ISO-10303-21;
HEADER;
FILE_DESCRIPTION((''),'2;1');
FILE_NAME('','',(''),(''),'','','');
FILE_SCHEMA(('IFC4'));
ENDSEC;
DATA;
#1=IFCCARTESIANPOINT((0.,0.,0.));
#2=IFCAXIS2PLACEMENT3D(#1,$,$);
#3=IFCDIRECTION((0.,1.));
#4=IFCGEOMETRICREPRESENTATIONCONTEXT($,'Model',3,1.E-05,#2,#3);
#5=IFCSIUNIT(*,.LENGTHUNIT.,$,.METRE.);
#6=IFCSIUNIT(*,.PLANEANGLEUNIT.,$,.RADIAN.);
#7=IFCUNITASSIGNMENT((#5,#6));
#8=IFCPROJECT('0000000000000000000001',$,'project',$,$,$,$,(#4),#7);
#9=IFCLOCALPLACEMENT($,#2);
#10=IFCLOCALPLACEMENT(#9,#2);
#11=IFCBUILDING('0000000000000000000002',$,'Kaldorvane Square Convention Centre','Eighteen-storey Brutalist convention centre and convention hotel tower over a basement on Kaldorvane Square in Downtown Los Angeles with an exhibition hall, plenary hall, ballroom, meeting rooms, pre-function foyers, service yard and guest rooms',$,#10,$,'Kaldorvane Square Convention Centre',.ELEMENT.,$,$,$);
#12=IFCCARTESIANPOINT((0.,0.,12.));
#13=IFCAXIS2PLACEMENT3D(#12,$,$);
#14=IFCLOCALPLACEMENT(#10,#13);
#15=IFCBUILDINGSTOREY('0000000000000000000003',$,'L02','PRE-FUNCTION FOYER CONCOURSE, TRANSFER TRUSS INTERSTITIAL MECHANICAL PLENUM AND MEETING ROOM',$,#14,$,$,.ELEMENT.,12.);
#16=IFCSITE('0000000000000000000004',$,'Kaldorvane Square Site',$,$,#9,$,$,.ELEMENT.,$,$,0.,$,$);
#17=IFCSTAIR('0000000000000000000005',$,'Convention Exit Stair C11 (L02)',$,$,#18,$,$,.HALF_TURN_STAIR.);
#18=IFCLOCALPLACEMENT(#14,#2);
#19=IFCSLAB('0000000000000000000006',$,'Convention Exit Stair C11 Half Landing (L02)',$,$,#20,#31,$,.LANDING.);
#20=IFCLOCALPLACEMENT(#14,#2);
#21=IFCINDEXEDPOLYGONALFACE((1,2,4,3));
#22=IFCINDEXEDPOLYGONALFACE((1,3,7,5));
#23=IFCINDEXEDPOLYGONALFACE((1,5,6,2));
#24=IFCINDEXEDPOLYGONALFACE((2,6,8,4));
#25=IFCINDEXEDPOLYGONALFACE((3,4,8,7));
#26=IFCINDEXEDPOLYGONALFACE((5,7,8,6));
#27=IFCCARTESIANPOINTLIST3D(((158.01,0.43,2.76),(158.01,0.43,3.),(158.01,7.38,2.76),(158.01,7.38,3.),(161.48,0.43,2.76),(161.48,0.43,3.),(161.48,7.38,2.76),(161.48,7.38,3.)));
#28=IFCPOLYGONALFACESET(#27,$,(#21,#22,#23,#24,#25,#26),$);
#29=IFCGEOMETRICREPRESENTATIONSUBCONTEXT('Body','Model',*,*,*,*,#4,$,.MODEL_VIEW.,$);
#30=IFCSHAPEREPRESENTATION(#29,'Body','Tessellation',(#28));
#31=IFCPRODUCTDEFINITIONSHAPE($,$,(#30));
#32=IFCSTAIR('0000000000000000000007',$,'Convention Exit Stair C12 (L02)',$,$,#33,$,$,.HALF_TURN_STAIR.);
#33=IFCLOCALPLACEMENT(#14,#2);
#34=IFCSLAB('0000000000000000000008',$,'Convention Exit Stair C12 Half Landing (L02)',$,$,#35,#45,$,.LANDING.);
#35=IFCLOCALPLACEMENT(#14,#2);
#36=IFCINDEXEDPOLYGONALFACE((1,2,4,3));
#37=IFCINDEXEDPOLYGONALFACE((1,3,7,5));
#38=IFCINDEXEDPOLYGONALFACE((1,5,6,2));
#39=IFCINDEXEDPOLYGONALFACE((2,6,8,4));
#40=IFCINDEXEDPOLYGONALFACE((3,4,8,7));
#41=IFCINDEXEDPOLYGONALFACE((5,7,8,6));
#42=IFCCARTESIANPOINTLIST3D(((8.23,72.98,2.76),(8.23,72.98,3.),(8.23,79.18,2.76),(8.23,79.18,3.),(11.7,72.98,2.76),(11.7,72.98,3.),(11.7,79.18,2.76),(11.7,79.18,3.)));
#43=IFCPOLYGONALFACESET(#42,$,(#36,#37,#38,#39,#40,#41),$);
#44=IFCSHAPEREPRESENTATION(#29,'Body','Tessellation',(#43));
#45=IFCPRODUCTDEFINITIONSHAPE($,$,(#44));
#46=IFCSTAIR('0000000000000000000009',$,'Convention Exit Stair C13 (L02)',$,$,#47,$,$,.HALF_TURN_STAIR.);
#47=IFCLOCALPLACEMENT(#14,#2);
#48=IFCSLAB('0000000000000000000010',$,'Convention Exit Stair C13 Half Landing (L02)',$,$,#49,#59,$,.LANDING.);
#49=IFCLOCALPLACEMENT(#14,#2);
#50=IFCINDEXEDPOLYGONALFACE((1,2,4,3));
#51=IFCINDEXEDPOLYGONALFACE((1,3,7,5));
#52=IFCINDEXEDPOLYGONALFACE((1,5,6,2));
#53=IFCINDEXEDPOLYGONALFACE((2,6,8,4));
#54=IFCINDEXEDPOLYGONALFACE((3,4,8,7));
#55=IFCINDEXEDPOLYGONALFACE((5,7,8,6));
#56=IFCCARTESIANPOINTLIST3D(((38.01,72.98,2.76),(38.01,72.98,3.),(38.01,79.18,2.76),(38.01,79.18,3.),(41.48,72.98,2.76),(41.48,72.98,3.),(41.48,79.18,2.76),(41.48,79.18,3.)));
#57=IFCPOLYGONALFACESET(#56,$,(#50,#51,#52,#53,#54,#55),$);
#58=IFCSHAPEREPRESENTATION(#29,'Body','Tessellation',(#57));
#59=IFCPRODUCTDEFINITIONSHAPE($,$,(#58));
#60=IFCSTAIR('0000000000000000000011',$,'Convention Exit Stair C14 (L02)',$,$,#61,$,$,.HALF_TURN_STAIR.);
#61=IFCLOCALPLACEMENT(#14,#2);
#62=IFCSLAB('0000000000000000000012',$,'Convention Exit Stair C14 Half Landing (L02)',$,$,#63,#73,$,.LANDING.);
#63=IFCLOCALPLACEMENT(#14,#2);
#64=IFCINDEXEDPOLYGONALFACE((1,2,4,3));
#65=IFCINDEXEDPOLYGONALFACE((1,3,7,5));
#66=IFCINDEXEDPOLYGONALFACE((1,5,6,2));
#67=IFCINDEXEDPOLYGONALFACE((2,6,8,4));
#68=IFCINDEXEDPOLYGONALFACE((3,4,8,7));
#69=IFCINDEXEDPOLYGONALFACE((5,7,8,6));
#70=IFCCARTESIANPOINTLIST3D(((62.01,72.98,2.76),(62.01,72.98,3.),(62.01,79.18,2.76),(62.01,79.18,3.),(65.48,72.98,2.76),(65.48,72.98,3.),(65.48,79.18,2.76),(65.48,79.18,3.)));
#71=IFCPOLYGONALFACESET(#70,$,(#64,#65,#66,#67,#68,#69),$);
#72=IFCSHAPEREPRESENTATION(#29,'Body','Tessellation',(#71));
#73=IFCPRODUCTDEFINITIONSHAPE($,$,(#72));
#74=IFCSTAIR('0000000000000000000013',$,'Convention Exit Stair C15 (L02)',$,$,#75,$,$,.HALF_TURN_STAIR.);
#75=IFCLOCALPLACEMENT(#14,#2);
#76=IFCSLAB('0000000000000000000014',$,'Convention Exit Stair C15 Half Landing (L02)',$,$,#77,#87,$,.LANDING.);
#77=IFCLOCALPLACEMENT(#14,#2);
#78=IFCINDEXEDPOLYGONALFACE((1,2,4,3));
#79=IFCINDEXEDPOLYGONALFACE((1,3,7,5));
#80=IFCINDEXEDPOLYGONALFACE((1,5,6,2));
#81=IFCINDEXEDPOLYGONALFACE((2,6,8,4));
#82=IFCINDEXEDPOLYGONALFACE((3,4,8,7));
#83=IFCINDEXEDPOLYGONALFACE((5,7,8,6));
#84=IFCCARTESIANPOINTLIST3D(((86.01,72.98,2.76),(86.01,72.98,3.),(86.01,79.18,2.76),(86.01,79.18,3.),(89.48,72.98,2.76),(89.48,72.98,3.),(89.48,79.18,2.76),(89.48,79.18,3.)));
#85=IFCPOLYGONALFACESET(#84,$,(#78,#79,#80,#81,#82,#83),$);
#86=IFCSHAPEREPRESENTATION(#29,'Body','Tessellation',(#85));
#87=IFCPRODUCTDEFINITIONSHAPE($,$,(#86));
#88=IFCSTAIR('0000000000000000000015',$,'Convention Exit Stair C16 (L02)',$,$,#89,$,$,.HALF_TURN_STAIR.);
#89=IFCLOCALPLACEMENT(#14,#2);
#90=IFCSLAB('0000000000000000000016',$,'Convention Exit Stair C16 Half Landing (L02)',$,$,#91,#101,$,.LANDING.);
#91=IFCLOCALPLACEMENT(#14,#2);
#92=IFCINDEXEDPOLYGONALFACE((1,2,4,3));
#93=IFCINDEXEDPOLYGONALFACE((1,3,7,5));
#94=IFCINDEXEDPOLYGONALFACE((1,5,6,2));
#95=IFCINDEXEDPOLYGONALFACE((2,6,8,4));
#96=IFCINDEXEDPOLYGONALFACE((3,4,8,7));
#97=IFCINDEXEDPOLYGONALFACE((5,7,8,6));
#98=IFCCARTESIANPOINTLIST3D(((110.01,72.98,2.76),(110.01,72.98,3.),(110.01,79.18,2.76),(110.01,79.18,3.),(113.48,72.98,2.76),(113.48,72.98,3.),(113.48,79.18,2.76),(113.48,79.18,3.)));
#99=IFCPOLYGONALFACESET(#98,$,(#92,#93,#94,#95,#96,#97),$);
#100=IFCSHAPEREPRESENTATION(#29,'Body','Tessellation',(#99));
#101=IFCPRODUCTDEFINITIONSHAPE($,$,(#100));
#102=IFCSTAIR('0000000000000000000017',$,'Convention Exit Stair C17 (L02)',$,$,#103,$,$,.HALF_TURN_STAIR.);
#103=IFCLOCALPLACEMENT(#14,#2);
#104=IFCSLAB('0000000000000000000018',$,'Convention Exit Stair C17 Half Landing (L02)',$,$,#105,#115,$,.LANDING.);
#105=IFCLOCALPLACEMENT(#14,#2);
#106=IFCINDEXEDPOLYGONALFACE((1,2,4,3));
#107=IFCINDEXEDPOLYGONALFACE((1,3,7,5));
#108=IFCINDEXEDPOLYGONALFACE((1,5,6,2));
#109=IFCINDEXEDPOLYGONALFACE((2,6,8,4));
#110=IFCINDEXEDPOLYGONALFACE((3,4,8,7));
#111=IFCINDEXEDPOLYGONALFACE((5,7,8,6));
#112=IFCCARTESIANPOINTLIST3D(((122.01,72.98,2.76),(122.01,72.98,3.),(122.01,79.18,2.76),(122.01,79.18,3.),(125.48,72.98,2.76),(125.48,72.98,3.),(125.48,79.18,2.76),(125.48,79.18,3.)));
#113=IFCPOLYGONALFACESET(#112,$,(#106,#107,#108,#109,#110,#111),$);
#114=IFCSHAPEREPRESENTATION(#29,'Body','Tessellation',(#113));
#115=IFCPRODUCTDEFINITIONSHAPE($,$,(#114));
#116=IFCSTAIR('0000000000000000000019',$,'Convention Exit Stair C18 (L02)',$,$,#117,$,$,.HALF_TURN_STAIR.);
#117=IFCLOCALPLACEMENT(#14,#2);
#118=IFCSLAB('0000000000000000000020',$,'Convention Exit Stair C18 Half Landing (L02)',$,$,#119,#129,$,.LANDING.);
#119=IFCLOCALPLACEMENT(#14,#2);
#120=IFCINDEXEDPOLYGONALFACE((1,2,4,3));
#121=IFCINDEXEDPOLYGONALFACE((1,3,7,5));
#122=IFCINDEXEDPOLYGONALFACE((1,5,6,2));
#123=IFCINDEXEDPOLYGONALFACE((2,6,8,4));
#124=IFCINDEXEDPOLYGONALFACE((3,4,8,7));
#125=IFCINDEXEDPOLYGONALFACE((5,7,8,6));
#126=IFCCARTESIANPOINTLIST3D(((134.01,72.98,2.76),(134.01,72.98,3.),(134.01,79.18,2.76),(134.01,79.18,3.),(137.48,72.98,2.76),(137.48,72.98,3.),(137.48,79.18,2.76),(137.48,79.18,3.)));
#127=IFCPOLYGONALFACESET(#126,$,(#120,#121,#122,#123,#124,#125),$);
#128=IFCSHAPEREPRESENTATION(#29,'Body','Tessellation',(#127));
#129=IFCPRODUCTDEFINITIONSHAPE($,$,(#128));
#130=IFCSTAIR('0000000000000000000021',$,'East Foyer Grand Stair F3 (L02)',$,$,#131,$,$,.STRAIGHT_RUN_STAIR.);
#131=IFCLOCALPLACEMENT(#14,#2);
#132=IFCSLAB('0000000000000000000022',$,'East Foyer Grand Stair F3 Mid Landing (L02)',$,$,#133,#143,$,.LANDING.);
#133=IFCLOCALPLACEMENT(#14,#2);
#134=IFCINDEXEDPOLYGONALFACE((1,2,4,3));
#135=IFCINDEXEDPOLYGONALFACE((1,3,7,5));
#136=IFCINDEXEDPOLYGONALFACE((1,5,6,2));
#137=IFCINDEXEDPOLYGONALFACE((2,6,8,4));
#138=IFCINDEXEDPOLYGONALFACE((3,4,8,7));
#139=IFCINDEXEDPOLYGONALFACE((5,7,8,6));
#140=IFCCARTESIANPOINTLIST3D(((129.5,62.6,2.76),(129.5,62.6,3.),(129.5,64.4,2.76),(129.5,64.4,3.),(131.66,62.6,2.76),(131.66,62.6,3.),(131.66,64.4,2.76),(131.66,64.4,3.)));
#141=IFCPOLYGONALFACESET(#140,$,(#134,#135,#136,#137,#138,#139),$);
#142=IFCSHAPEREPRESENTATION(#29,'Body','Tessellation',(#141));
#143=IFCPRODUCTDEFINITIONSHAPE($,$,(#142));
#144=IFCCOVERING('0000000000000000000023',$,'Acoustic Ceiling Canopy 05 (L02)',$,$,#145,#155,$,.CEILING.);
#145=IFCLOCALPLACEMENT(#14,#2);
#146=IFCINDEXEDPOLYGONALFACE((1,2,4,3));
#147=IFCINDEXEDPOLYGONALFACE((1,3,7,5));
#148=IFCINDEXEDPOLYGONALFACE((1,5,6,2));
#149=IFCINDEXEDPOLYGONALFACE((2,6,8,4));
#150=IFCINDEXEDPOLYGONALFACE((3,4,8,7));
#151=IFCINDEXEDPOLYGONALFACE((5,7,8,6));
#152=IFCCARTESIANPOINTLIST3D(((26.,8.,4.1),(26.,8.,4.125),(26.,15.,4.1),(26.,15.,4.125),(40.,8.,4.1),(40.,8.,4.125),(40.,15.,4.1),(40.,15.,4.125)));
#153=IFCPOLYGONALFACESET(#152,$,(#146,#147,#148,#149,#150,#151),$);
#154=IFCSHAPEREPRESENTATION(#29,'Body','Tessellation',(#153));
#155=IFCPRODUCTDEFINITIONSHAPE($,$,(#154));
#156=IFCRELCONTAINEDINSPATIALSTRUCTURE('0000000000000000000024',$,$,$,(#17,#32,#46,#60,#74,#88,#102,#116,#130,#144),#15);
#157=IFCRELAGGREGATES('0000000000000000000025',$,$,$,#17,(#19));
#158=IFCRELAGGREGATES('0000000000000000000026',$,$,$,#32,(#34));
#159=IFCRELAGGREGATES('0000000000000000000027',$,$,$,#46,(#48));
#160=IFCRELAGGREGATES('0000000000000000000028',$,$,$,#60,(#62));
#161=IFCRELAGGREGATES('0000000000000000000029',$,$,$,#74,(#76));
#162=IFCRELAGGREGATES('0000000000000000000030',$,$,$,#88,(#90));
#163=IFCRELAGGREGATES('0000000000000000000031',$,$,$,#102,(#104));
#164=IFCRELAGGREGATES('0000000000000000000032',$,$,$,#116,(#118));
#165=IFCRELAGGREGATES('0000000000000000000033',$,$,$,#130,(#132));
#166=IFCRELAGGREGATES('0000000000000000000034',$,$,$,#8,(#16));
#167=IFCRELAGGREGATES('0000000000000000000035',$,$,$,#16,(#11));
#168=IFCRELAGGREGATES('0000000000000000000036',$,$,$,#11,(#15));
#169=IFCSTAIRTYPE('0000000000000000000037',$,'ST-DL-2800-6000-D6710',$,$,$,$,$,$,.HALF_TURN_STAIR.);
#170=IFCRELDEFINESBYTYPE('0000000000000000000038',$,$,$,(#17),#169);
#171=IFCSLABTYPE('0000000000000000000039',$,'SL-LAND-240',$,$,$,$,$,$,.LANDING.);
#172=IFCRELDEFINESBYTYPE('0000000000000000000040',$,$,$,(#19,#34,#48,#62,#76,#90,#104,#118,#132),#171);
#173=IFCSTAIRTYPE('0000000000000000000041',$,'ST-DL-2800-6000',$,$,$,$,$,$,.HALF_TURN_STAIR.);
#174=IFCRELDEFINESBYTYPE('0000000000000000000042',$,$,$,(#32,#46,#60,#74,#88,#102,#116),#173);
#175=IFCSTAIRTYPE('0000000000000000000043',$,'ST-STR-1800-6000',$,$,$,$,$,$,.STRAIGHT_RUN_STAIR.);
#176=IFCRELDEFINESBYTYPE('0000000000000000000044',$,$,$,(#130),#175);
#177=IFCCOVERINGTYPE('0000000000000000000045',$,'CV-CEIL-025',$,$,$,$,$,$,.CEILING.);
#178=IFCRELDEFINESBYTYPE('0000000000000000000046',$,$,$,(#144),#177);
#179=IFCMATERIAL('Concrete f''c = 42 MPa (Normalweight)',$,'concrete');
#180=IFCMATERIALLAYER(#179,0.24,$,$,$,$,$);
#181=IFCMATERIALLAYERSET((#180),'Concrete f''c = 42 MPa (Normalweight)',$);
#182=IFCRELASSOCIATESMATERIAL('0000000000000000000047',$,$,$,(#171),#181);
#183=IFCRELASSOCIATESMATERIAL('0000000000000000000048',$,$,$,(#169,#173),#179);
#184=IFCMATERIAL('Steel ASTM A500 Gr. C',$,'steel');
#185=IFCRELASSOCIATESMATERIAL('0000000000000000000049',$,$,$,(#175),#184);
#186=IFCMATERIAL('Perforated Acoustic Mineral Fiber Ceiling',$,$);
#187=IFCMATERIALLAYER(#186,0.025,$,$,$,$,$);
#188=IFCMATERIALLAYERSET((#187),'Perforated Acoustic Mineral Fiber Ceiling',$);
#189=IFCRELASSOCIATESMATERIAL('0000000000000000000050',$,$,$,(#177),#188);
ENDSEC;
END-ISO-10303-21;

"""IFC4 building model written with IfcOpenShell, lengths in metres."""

from ifc_helpers import new_model, si_unit, direction, frame, origin, place, context, subcontext, project, spatial, polyline, outline, extrude, material, layer, layer_set, type_object, element, aggregate, save


model = new_model("IFC4")

# Units and contexts
model_context = context("Model", 3, precision=1e-05, world=origin(), true_north=direction((0.0, 1.0)))
body_context = subcontext(model_context, "Body", "Model", "MODEL_VIEW")
ifc_project = project(units=[si_unit("LENGTHUNIT", "METRE"), si_unit("PLANEANGLEUNIT", "RADIAN")], contexts=[model_context])

# Site, building, storey
site_placement = place(None, origin())
site = spatial("IfcSite", under=ifc_project, at=site_placement, Name="Kaldorvane Square Site", CompositionType="ELEMENT", RefElevation=0.0)
building_placement = place(site_placement, origin())
building = spatial("IfcBuilding", under=site, at=building_placement, Name="Kaldorvane Square Convention Centre", Description="Eighteen-storey Brutalist convention centre and convention hotel tower over a basement on Kaldorvane Square in Downtown Los Angeles with an exhibition hall, plenary hall, ballroom, meeting rooms, pre-function foyers, service yard and guest rooms", LongName="Kaldorvane Square Convention Centre", CompositionType="ELEMENT")
storey_placement = place(building_placement, frame((0.0, 0.0, 12.0)))
storey = spatial("IfcBuildingStorey", under=building, at=storey_placement, Name="L02", Description="PRE-FUNCTION FOYER CONCOURSE, TRANSFER TRUSS INTERSTITIAL MECHANICAL PLENUM AND MEETING ROOM", CompositionType="ELEMENT", Elevation=12.0)

# Shared definitions
ifc_material_1 = material(Name="Steel ASTM A500 Gr. C", Category="steel")
ifc_material_2 = material(Name="Concrete f'c = 42 MPa (Normalweight)", Category="concrete")

# Stairs, slabs
ifc_layer_1 = layer(ifc_material_2, 0.24)
ifc_layer_set_1 = layer_set([ifc_layer_1], Name="Concrete f'c = 42 MPa (Normalweight)")
slab_type = type_object("IfcSlabType", Name="SL-LAND-240", PredefinedType="LANDING", material=ifc_layer_set_1)
stair_type_1 = type_object("IfcStairType", Name="ST-DL-2800-6000-D6710", PredefinedType="HALF_TURN_STAIR", material=ifc_material_2)
stair_1_placement = place(storey_placement, origin())
stair_1 = element("IfcStair", 1, at=stair_1_placement, inside=storey, type_object=stair_type_1, Name="Convention Exit Stair C11 (L02)", PredefinedType="HALF_TURN_STAIR")
slab_1_placement = place(storey_placement, frame((0.0, 0.0, 2.76)))
slab_1 = element("IfcSlab", 2, at=slab_1_placement, type_object=slab_type, Name="Convention Exit Stair C11 Half Landing (L02)", PredefinedType="LANDING", context=body_context, shape_type="SweptSolid", body=[
    extrude(outline(polyline([(158.01, 0.43), (161.48, 0.43), (161.48, 7.38), (158.01, 7.38), (158.01, 0.43)])), origin(), (0.0, 0.0, 1.0), 0.24),
])
aggregate(stair_1, [slab_1])
stair_type_2 = type_object("IfcStairType", Name="ST-DL-2800-6000", PredefinedType="HALF_TURN_STAIR", material=ifc_material_2)
stair_2_placement = place(storey_placement, origin())
stair_2 = element("IfcStair", 3, at=stair_2_placement, inside=storey, type_object=stair_type_2, Name="Convention Exit Stair C12 (L02)", PredefinedType="HALF_TURN_STAIR")
slab_2_placement = place(storey_placement, frame((0.0, 0.0, 2.76)))
slab_2 = element("IfcSlab", 4, at=slab_2_placement, type_object=slab_type, Name="Convention Exit Stair C12 Half Landing (L02)", PredefinedType="LANDING", context=body_context, shape_type="SweptSolid", body=[
    extrude(outline(polyline([(8.23, 72.98), (11.7, 72.98), (11.7, 79.18), (8.23, 79.18), (8.23, 72.98)])), origin(), (0.0, 0.0, 1.0), 0.24),
])
aggregate(stair_2, [slab_2])
stair_3_placement = place(storey_placement, origin())
stair_3 = element("IfcStair", 5, at=stair_3_placement, inside=storey, type_object=stair_type_2, Name="Convention Exit Stair C13 (L02)", PredefinedType="HALF_TURN_STAIR")
slab_3_placement = place(storey_placement, frame((0.0, 0.0, 2.76)))
slab_3 = element("IfcSlab", 6, at=slab_3_placement, type_object=slab_type, Name="Convention Exit Stair C13 Half Landing (L02)", PredefinedType="LANDING", context=body_context, shape_type="SweptSolid", body=[
    extrude(outline(polyline([(38.01, 72.98), (41.48, 72.98), (41.48, 79.18), (38.01, 79.18), (38.01, 72.98)])), origin(), (0.0, 0.0, 1.0), 0.24),
])
aggregate(stair_3, [slab_3])
stair_4_placement = place(storey_placement, origin())
stair_4 = element("IfcStair", 7, at=stair_4_placement, inside=storey, type_object=stair_type_2, Name="Convention Exit Stair C14 (L02)", PredefinedType="HALF_TURN_STAIR")
slab_4_placement = place(storey_placement, frame((0.0, 0.0, 2.76)))
slab_4 = element("IfcSlab", 8, at=slab_4_placement, type_object=slab_type, Name="Convention Exit Stair C14 Half Landing (L02)", PredefinedType="LANDING", context=body_context, shape_type="SweptSolid", body=[
    extrude(outline(polyline([(62.01, 72.98), (65.48, 72.98), (65.48, 79.18), (62.01, 79.18), (62.01, 72.98)])), origin(), (0.0, 0.0, 1.0), 0.24),
])
aggregate(stair_4, [slab_4])
stair_5_placement = place(storey_placement, origin())
stair_5 = element("IfcStair", 9, at=stair_5_placement, inside=storey, type_object=stair_type_2, Name="Convention Exit Stair C15 (L02)", PredefinedType="HALF_TURN_STAIR")
slab_5_placement = place(storey_placement, frame((0.0, 0.0, 2.76)))
slab_5 = element("IfcSlab", 10, at=slab_5_placement, type_object=slab_type, Name="Convention Exit Stair C15 Half Landing (L02)", PredefinedType="LANDING", context=body_context, shape_type="SweptSolid", body=[
    extrude(outline(polyline([(86.01, 72.98), (89.48, 72.98), (89.48, 79.18), (86.01, 79.18), (86.01, 72.98)])), origin(), (0.0, 0.0, 1.0), 0.24),
])
aggregate(stair_5, [slab_5])
stair_6_placement = place(storey_placement, origin())
stair_6 = element("IfcStair", 11, at=stair_6_placement, inside=storey, type_object=stair_type_2, Name="Convention Exit Stair C16 (L02)", PredefinedType="HALF_TURN_STAIR")
slab_6_placement = place(storey_placement, frame((0.0, 0.0, 2.76)))
slab_6 = element("IfcSlab", 12, at=slab_6_placement, type_object=slab_type, Name="Convention Exit Stair C16 Half Landing (L02)", PredefinedType="LANDING", context=body_context, shape_type="SweptSolid", body=[
    extrude(outline(polyline([(110.01, 72.98), (113.48, 72.98), (113.48, 79.18), (110.01, 79.18), (110.01, 72.98)])), origin(), (0.0, 0.0, 1.0), 0.24),
])
aggregate(stair_6, [slab_6])
stair_7_placement = place(storey_placement, origin())
stair_7 = element("IfcStair", 13, at=stair_7_placement, inside=storey, type_object=stair_type_2, Name="Convention Exit Stair C17 (L02)", PredefinedType="HALF_TURN_STAIR")
slab_7_placement = place(storey_placement, frame((0.0, 0.0, 2.76)))
slab_7 = element("IfcSlab", 14, at=slab_7_placement, type_object=slab_type, Name="Convention Exit Stair C17 Half Landing (L02)", PredefinedType="LANDING", context=body_context, shape_type="SweptSolid", body=[
    extrude(outline(polyline([(122.01, 72.98), (125.48, 72.98), (125.48, 79.18), (122.01, 79.18), (122.01, 72.98)])), origin(), (0.0, 0.0, 1.0), 0.24),
])
aggregate(stair_7, [slab_7])
stair_8_placement = place(storey_placement, origin())
stair_8 = element("IfcStair", 15, at=stair_8_placement, inside=storey, type_object=stair_type_2, Name="Convention Exit Stair C18 (L02)", PredefinedType="HALF_TURN_STAIR")
slab_8_placement = place(storey_placement, frame((0.0, 0.0, 2.76)))
slab_8 = element("IfcSlab", 16, at=slab_8_placement, type_object=slab_type, Name="Convention Exit Stair C18 Half Landing (L02)", PredefinedType="LANDING", context=body_context, shape_type="SweptSolid", body=[
    extrude(outline(polyline([(134.01, 72.98), (137.48, 72.98), (137.48, 79.18), (134.01, 79.18), (134.01, 72.98)])), origin(), (0.0, 0.0, 1.0), 0.24),
])
aggregate(stair_8, [slab_8])
stair_type_3 = type_object("IfcStairType", Name="ST-STR-1800-6000", PredefinedType="STRAIGHT_RUN_STAIR", material=ifc_material_1)
stair_9_placement = place(storey_placement, origin())
stair_9 = element("IfcStair", 17, at=stair_9_placement, inside=storey, type_object=stair_type_3, Name="East Foyer Grand Stair F3 (L02)", PredefinedType="STRAIGHT_RUN_STAIR")
slab_9_placement = place(storey_placement, frame((0.0, 0.0, 2.76)))
slab_9 = element("IfcSlab", 18, at=slab_9_placement, type_object=slab_type, Name="East Foyer Grand Stair F3 Mid Landing (L02)", PredefinedType="LANDING", context=body_context, shape_type="SweptSolid", body=[
    extrude(outline(polyline([(129.5, 62.6), (131.66, 62.6), (131.66, 64.4), (129.5, 64.4), (129.5, 62.6)])), origin(), (0.0, 0.0, 1.0), 0.24),
])
aggregate(stair_9, [slab_9])

# Covering
ifc_material_3 = material(Name="Perforated Acoustic Mineral Fiber Ceiling")
ifc_layer_2 = layer(ifc_material_3, 0.025)
ifc_layer_set_2 = layer_set([ifc_layer_2], Name="Perforated Acoustic Mineral Fiber Ceiling")
covering_type = type_object("IfcCoveringType", Name="CV-CEIL-025", PredefinedType="CEILING", material=ifc_layer_set_2)
covering_placement = place(storey_placement, frame((0.0, 0.0, 4.1)))
element("IfcCovering", 19, at=covering_placement, inside=storey, type_object=covering_type, Name="Acoustic Ceiling Canopy 05 (L02)", PredefinedType="CEILING", context=body_context, shape_type="SweptSolid", body=[
    extrude(outline(polyline([(26.0, 8.0), (40.0, 8.0), (40.0, 15.0), (26.0, 15.0), (26.0, 8.0)])), origin(), (0.0, 0.0, 1.0), 0.025),
])

save(model, "model.ifc")
